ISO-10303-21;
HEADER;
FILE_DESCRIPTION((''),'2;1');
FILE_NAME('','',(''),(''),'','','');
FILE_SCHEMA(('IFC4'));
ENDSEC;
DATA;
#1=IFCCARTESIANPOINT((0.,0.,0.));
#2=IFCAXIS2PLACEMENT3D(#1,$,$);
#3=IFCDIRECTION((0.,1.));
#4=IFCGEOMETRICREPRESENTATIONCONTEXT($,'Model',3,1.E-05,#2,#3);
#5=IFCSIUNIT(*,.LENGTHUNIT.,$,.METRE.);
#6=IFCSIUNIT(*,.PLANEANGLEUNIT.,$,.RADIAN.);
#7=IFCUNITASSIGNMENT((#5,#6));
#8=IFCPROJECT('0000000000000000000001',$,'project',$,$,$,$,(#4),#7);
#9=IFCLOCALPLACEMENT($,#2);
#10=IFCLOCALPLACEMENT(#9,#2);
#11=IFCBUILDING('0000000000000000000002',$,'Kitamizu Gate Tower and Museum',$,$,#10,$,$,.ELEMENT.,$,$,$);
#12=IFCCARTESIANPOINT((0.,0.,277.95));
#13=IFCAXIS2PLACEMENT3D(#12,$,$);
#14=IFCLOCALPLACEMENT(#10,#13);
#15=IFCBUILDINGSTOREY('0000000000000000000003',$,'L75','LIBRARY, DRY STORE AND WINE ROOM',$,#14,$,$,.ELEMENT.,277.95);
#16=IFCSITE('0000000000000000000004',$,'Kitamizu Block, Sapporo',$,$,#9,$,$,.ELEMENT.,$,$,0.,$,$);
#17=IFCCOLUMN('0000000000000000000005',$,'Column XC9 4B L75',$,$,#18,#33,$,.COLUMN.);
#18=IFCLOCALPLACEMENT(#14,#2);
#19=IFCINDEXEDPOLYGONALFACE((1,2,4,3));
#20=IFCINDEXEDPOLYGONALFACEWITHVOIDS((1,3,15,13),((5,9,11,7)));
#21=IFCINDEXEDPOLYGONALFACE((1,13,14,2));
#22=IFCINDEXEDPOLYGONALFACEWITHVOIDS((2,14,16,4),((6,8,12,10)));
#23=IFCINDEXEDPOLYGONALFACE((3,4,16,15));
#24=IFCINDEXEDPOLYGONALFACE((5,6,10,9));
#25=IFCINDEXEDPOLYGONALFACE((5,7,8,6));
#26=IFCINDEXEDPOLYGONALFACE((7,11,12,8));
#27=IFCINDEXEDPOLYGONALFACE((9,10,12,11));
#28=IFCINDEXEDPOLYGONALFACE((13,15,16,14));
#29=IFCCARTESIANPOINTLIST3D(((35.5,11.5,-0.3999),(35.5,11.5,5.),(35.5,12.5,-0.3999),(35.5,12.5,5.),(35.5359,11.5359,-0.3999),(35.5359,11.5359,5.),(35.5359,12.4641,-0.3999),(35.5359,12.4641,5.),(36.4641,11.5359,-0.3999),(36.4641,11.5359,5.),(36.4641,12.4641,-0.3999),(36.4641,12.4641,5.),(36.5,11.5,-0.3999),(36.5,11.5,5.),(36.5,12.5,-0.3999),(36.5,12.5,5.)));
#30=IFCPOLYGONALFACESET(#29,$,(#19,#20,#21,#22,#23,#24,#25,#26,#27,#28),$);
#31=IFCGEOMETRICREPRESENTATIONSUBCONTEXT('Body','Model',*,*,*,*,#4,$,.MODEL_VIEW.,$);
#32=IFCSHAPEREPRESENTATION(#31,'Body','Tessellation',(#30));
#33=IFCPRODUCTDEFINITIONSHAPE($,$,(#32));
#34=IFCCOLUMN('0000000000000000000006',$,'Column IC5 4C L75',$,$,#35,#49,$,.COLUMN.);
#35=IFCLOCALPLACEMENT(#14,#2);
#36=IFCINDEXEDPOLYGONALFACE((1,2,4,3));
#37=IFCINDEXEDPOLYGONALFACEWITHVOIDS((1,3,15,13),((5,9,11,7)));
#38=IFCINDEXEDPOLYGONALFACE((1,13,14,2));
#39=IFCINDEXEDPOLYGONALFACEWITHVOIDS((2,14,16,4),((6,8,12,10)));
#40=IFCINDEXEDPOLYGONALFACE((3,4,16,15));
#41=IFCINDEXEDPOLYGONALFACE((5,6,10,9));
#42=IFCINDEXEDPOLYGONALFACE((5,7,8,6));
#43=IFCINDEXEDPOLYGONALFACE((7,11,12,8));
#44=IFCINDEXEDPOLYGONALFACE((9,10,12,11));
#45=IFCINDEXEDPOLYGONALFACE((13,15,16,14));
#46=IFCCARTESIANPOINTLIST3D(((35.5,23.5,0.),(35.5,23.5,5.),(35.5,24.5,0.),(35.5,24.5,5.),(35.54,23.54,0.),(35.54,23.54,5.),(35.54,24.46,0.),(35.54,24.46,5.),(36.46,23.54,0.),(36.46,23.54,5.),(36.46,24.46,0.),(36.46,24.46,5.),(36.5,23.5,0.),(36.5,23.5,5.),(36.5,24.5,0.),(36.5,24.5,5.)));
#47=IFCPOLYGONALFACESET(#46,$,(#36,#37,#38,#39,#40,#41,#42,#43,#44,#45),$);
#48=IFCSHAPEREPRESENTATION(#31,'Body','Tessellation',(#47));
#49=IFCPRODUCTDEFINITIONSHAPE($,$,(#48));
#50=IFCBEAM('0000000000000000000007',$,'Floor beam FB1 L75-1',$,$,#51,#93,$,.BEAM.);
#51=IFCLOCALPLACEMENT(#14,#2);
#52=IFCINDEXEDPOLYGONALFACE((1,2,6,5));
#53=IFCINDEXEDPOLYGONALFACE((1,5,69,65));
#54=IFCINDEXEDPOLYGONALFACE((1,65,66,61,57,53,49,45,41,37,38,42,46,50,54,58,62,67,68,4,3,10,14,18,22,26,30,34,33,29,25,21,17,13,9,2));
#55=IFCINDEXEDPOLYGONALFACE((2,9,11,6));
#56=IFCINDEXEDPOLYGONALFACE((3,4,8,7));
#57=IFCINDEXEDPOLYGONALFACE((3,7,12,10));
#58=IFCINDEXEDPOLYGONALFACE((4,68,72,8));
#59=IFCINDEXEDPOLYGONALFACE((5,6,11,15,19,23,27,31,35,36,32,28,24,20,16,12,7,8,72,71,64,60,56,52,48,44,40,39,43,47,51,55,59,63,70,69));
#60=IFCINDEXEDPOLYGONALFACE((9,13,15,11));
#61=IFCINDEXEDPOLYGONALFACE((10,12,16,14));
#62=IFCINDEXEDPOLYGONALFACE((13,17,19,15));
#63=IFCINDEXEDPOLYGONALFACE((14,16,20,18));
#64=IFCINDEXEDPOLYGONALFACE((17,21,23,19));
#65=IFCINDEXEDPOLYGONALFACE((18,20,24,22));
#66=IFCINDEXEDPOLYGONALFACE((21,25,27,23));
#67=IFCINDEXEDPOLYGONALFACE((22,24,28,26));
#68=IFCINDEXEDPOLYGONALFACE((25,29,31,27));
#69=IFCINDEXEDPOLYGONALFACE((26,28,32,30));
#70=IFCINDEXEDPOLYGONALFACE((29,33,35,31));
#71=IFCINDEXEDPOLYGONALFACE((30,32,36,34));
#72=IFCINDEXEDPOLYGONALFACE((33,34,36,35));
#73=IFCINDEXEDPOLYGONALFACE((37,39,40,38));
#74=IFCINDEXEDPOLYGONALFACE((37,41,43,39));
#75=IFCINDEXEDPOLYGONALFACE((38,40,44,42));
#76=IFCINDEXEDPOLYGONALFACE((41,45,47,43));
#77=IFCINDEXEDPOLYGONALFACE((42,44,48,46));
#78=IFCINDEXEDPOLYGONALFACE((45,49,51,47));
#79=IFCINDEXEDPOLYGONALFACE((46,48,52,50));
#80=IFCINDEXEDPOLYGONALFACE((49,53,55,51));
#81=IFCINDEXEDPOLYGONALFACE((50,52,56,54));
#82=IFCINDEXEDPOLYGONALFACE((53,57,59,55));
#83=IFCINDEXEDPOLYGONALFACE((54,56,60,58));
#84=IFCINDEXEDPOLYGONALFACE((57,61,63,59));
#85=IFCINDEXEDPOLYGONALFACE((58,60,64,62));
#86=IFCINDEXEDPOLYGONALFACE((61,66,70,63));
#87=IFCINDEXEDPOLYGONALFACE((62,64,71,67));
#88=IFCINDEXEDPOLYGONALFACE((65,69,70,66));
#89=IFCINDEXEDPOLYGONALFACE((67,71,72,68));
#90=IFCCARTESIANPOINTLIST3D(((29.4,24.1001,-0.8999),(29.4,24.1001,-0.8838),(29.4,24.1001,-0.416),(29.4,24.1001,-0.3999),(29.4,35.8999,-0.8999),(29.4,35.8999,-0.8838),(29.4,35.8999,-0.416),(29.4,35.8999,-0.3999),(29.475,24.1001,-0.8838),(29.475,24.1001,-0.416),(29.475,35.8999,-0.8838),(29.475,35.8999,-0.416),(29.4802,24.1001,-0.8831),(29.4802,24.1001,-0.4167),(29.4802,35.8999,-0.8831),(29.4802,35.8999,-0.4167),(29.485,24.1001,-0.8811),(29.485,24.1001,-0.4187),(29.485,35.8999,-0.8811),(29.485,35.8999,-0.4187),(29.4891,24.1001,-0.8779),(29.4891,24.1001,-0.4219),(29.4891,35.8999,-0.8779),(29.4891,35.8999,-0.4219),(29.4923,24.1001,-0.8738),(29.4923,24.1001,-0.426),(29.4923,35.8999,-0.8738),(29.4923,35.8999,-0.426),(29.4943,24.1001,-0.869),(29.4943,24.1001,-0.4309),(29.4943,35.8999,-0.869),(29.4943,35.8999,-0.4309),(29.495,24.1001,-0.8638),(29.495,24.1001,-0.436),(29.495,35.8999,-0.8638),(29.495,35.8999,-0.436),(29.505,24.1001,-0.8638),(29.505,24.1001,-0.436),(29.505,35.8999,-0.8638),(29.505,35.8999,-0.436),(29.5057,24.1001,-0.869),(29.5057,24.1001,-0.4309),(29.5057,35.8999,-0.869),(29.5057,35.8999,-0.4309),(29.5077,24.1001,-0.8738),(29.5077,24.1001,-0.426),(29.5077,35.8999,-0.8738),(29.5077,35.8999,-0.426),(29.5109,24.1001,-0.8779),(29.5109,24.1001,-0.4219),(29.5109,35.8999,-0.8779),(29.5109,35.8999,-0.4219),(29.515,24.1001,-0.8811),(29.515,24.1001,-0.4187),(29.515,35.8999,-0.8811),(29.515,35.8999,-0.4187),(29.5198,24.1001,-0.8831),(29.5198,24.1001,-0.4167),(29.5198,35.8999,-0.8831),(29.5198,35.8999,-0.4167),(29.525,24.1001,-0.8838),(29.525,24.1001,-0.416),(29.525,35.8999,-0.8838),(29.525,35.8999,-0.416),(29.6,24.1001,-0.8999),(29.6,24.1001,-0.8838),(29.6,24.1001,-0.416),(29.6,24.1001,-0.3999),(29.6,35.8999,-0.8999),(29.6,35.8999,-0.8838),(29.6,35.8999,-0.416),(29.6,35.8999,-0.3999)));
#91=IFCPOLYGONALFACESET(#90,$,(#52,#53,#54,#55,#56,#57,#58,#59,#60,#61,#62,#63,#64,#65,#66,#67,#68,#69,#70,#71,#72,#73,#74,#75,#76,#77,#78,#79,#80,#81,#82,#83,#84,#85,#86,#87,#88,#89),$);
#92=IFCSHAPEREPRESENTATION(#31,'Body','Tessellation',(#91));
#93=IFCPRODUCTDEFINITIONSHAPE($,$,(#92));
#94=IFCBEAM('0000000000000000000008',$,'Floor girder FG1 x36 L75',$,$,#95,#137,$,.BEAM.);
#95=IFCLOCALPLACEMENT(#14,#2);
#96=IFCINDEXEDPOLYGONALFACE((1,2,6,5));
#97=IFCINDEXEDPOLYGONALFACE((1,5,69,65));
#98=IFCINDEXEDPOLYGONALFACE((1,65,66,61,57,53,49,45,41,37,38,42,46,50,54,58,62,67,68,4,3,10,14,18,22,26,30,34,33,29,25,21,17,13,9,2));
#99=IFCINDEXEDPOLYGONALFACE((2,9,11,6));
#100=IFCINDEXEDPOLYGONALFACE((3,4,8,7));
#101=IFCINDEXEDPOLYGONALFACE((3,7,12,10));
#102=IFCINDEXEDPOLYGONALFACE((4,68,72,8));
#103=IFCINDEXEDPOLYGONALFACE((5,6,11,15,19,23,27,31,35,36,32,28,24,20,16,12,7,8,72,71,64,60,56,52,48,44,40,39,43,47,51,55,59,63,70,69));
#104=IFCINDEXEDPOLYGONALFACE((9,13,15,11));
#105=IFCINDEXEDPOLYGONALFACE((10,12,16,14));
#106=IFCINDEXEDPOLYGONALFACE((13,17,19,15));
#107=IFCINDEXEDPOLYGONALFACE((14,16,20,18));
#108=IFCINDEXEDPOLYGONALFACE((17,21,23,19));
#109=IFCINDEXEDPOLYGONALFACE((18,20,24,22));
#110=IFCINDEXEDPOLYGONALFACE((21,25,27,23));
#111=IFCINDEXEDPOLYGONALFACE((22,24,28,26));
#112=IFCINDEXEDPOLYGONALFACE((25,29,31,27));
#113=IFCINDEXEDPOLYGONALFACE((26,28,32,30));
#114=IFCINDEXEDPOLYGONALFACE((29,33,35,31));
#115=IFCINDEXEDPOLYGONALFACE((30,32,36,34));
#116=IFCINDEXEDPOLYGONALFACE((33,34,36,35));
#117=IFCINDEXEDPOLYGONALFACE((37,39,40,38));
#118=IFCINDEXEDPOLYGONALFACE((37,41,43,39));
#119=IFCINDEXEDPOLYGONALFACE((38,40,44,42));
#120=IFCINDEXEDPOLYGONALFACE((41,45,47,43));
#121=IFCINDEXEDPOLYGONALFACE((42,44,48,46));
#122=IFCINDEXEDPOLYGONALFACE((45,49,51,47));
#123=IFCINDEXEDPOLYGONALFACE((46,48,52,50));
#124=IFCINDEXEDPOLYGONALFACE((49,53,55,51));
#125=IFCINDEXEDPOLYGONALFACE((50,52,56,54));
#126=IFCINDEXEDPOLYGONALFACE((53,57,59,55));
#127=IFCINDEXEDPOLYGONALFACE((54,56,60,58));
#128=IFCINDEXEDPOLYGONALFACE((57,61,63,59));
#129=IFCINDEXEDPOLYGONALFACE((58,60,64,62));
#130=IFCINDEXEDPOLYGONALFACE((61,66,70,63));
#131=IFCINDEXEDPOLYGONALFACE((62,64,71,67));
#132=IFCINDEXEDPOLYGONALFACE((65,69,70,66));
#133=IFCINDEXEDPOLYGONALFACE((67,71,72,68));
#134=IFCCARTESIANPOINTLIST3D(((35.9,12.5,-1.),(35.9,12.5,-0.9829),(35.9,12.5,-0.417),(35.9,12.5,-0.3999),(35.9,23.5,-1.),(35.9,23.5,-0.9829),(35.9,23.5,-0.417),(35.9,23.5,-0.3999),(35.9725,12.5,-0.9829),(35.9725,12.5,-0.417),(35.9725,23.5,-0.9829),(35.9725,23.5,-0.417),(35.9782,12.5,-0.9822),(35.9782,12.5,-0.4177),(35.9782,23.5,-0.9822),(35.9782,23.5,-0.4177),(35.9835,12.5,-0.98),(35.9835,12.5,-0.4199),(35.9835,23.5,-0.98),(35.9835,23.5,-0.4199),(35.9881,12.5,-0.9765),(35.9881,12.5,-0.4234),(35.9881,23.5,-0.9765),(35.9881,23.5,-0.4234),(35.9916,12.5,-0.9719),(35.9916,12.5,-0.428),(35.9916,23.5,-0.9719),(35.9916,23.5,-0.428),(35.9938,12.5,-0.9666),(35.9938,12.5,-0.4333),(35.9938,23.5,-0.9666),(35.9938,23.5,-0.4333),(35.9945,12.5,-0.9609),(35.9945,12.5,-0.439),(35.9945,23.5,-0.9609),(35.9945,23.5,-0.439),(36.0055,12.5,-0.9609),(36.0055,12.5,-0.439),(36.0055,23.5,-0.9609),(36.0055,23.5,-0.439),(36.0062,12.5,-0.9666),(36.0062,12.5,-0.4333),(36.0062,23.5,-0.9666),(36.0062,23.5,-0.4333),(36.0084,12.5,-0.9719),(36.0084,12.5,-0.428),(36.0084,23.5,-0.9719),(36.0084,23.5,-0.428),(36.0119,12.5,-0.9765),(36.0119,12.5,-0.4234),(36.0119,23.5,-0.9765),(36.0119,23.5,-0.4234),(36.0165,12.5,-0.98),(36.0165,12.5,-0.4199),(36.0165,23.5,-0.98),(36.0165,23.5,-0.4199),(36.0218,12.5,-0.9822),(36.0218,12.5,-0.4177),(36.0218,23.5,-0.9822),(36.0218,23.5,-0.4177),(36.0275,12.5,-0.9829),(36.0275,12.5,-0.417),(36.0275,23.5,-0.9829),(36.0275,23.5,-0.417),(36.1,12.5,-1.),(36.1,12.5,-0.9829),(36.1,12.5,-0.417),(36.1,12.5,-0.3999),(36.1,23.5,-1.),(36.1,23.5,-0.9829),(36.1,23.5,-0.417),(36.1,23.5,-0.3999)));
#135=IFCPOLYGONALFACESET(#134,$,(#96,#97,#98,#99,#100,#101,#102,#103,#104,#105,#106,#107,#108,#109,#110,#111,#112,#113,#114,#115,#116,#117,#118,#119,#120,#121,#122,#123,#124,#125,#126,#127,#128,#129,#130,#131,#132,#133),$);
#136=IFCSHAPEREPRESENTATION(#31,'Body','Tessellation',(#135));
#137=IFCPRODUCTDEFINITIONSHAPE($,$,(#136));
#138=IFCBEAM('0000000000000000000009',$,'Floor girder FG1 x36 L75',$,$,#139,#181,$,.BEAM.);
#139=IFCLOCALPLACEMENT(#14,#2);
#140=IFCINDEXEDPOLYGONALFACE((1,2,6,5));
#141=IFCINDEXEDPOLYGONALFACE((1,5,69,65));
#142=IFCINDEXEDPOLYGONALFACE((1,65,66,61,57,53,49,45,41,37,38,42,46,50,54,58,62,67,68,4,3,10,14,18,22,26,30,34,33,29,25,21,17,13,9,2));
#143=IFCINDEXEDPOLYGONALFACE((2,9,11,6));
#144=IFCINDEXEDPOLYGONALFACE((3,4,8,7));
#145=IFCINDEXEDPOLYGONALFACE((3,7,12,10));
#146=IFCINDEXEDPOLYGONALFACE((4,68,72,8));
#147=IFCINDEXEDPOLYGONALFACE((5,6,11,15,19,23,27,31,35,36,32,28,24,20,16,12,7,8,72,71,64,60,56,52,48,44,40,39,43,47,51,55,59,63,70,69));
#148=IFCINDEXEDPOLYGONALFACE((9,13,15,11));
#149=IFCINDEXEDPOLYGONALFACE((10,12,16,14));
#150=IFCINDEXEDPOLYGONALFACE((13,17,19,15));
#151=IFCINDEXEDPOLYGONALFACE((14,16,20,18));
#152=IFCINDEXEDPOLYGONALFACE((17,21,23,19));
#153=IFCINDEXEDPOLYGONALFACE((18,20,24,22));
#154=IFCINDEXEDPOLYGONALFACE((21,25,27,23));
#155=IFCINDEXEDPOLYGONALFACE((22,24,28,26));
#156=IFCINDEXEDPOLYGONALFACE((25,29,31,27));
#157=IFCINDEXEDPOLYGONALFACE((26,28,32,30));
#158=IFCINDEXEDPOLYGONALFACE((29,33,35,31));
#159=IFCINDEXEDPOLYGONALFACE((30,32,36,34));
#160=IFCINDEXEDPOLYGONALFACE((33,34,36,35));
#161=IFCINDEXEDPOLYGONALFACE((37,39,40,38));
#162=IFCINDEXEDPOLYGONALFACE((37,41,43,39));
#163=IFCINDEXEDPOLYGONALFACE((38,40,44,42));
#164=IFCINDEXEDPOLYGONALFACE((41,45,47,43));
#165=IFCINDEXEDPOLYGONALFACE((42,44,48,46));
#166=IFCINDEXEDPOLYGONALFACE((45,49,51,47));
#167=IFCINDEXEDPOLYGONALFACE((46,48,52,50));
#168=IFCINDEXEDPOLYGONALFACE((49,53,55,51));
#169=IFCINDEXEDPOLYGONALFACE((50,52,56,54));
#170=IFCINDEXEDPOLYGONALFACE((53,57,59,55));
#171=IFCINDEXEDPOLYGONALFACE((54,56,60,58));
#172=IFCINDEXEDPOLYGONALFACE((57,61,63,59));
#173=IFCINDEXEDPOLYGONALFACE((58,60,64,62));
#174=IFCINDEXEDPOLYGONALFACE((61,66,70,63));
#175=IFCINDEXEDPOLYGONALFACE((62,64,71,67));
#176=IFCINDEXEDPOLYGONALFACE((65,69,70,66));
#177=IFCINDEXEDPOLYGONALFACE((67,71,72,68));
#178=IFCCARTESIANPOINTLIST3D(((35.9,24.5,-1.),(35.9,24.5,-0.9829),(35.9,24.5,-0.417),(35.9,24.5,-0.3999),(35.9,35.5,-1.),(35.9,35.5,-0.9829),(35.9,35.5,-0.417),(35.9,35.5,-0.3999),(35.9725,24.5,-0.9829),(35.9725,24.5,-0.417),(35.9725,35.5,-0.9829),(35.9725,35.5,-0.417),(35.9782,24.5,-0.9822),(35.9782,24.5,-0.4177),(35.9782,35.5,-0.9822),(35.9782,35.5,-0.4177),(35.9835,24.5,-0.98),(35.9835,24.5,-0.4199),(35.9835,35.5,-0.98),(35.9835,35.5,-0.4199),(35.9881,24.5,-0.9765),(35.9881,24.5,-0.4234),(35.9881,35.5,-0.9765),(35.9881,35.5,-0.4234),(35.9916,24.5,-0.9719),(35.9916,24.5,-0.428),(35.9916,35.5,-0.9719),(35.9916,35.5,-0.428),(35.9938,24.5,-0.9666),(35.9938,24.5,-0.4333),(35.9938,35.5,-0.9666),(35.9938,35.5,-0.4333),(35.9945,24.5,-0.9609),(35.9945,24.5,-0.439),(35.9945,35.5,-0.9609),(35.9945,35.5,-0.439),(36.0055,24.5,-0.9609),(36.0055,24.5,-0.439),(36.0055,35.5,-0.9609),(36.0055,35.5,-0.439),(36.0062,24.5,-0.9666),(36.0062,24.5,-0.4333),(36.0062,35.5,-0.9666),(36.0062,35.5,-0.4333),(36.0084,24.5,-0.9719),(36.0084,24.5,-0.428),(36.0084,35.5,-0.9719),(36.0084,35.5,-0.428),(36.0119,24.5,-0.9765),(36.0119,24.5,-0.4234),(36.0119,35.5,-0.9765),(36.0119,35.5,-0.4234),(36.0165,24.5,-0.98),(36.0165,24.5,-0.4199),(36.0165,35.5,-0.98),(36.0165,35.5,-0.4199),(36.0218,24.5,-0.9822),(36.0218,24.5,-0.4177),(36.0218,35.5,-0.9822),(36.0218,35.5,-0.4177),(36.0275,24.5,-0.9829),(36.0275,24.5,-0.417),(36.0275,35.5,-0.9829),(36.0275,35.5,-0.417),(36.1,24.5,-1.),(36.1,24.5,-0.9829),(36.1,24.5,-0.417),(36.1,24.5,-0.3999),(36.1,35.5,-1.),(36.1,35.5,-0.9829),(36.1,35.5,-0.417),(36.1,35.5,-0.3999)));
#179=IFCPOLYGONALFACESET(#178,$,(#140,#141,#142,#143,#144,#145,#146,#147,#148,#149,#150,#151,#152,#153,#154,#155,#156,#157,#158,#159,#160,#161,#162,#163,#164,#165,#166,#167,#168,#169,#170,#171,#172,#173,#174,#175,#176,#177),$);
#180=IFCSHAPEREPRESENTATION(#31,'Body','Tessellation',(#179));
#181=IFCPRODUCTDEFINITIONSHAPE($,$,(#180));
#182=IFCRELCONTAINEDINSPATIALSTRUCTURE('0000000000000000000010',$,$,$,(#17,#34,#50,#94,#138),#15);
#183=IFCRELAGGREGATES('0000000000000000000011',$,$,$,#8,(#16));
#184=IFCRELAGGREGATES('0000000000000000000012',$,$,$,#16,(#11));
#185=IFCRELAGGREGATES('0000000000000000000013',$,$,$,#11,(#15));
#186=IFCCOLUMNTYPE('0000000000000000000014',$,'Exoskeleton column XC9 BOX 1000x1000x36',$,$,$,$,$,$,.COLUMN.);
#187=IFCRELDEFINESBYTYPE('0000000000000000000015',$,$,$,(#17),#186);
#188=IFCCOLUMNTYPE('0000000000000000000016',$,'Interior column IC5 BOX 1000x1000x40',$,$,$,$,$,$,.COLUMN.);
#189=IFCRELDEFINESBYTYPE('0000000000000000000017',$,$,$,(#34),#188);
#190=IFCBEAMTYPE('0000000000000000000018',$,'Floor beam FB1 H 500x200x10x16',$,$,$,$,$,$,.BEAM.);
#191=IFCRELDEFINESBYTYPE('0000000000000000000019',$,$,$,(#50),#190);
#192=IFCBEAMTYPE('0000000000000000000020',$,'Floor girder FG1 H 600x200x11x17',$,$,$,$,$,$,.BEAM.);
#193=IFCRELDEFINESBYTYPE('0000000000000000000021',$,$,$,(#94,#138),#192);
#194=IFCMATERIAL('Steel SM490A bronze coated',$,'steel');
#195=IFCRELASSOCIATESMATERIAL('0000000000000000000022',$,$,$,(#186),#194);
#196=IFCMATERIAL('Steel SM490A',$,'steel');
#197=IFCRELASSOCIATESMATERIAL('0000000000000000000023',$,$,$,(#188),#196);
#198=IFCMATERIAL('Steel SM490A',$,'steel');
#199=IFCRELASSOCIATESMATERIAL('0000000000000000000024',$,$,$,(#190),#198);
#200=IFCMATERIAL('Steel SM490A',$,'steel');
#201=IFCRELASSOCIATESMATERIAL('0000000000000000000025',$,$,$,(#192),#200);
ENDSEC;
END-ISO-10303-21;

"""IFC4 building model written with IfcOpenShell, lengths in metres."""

from ifc_helpers import new_model, si_unit, direction, frame, origin, origin_2d, place, context, subcontext, project, spatial, hollow_rectangle, i_section, extrude, material, material_profile, profile_set, type_object, element, save


model = new_model("IFC4")

# Units and contexts
model_context = context("Model", 3, precision=1e-05, world=origin(), true_north=direction((0.0, 1.0)))
body_context = subcontext(model_context, "Body", "Model", "MODEL_VIEW")
ifc_project = project(units=[si_unit("LENGTHUNIT", "METRE"), si_unit("PLANEANGLEUNIT", "RADIAN")], contexts=[model_context])

# Site, building, storey
site_placement = place(None, origin())
site = spatial("IfcSite", under=ifc_project, at=site_placement, Name="Kitamizu Block, Sapporo", CompositionType="ELEMENT", RefElevation=0.0)
building_placement = place(site_placement, origin())
building = spatial("IfcBuilding", under=site, at=building_placement, Name="Kitamizu Gate Tower and Museum", CompositionType="ELEMENT")
storey_placement = place(building_placement, frame((0.0, 0.0, 277.95)))
storey = spatial("IfcBuildingStorey", under=building, at=storey_placement, Name="L75", Description="LIBRARY, DRY STORE AND WINE ROOM", CompositionType="ELEMENT", Elevation=277.95)

# Columns
ifc_material_1 = material(Name="Steel SM490A bronze coated", Category="steel")
ifc_material_profile_1 = material_profile(ifc_material_1, hollow_rectangle(XDim=1.0, YDim=1.0, WallThickness=0.0359, at=origin_2d()), Name="BOX 1000x1000x36")
ifc_profile_set_1 = profile_set([ifc_material_profile_1], Name="Steel SM490A bronze coated")
column_type_1 = type_object("IfcColumnType", Name="Exoskeleton column XC9 BOX 1000x1000x36", PredefinedType="COLUMN", material=ifc_profile_set_1)
column_1_placement = place(storey_placement, frame((36.0, 12.0, -0.3999), z_axis=(0.0, 0.0, 1.0), x_axis=(1.0, 0.0, 0.0)))
element("IfcColumn", 1, at=column_1_placement, inside=storey, type_object=column_type_1, Name="Column XC9 4B L75", PredefinedType="COLUMN", context=body_context, shape_type="SweptSolid", body=[
    extrude(hollow_rectangle(XDim=1.0, YDim=1.0, WallThickness=0.0359, at=origin_2d()), origin(), (0.0, 0.0, 1.0), 5.3999),
])
ifc_material_2 = material(Name="Steel SM490A", Category="steel")
ifc_material_profile_2 = material_profile(ifc_material_2, hollow_rectangle(XDim=1.0, YDim=1.0, WallThickness=0.04, at=origin_2d()), Name="BOX 1000x1000x40")
ifc_profile_set_2 = profile_set([ifc_material_profile_2], Name="Steel SM490A")
column_type_2 = type_object("IfcColumnType", Name="Interior column IC5 BOX 1000x1000x40", PredefinedType="COLUMN", material=ifc_profile_set_2)
column_2_placement = place(storey_placement, frame((36.0, 24.0, 0.0), z_axis=(0.0, 0.0, 1.0), x_axis=(1.0, 0.0, 0.0)))
element("IfcColumn", 2, at=column_2_placement, inside=storey, type_object=column_type_2, Name="Column IC5 4C L75", PredefinedType="COLUMN", context=body_context, shape_type="SweptSolid", body=[
    extrude(hollow_rectangle(XDim=1.0, YDim=1.0, WallThickness=0.04, at=origin_2d()), origin(), (0.0, 0.0, 1.0), 5.0),
])

# Beams
ifc_material_3 = material(Name="Steel SM490A", Category="steel")
ifc_material_profile_3 = material_profile(ifc_material_3, i_section(OverallWidth=0.2, OverallDepth=0.5, WebThickness=0.01, FlangeThickness=0.0161, FilletRadius=0.02, at=origin_2d()), Name="H-500x200x10x16")
ifc_profile_set_3 = profile_set([ifc_material_profile_3], Name="Steel SM490A")
beam_type_1 = type_object("IfcBeamType", Name="Floor beam FB1 H 500x200x10x16", PredefinedType="BEAM", material=ifc_profile_set_3)
beam_placement = place(storey_placement, frame((29.5, 24.1001, -0.6499), z_axis=(0.0, 1.0, 0.0), x_axis=(-1.0, 0.0, 0.0)))
element("IfcBeam", 3, at=beam_placement, inside=storey, type_object=beam_type_1, Name="Floor beam FB1 L75-1", PredefinedType="BEAM", context=body_context, shape_type="SweptSolid", body=[
    extrude(i_section(OverallWidth=0.2, OverallDepth=0.5, WebThickness=0.01, FlangeThickness=0.0161, FilletRadius=0.02, at=origin_2d()), origin(), (0.0, 0.0, 1.0), 11.7998),
])
ifc_material_4 = material(Name="Steel SM490A", Category="steel")
ifc_material_profile_4 = material_profile(ifc_material_4, i_section(OverallWidth=0.2, OverallDepth=0.6001, WebThickness=0.011, FlangeThickness=0.0171, FilletRadius=0.022, at=origin_2d()), Name="H-600x200x11x17")
ifc_profile_set_4 = profile_set([ifc_material_profile_4], Name="Steel SM490A")
beam_type_2 = type_object("IfcBeamType", Name="Floor girder FG1 H 600x200x11x17", PredefinedType="BEAM", material=ifc_profile_set_4)
for number, where, z_axis, x_axis, name in (
    (4, (36.0, 12.5, -0.7), (0.0, 1.0, 0.0), (-1.0, 0.0, 0.0), "Floor girder FG1 x36 L75"),
    (5, (36.0, 24.5, -0.7), (0.0, 1.0, 0.0), (-1.0, 0.0, 0.0), "Floor girder FG1 x36 L75"),
):
    element("IfcBeam", number, at=place(storey_placement, frame(where, z_axis=z_axis, x_axis=x_axis)), inside=storey, type_object=beam_type_2, Name=name, PredefinedType="BEAM", context=body_context, shape_type="SweptSolid", body=[
        extrude(i_section(OverallWidth=0.2, OverallDepth=0.6001, WebThickness=0.011, FlangeThickness=0.0171, FilletRadius=0.022, at=origin_2d()), origin(), (0.0, 0.0, 1.0), 11.0),
    ])

save(model, "model.ifc")
